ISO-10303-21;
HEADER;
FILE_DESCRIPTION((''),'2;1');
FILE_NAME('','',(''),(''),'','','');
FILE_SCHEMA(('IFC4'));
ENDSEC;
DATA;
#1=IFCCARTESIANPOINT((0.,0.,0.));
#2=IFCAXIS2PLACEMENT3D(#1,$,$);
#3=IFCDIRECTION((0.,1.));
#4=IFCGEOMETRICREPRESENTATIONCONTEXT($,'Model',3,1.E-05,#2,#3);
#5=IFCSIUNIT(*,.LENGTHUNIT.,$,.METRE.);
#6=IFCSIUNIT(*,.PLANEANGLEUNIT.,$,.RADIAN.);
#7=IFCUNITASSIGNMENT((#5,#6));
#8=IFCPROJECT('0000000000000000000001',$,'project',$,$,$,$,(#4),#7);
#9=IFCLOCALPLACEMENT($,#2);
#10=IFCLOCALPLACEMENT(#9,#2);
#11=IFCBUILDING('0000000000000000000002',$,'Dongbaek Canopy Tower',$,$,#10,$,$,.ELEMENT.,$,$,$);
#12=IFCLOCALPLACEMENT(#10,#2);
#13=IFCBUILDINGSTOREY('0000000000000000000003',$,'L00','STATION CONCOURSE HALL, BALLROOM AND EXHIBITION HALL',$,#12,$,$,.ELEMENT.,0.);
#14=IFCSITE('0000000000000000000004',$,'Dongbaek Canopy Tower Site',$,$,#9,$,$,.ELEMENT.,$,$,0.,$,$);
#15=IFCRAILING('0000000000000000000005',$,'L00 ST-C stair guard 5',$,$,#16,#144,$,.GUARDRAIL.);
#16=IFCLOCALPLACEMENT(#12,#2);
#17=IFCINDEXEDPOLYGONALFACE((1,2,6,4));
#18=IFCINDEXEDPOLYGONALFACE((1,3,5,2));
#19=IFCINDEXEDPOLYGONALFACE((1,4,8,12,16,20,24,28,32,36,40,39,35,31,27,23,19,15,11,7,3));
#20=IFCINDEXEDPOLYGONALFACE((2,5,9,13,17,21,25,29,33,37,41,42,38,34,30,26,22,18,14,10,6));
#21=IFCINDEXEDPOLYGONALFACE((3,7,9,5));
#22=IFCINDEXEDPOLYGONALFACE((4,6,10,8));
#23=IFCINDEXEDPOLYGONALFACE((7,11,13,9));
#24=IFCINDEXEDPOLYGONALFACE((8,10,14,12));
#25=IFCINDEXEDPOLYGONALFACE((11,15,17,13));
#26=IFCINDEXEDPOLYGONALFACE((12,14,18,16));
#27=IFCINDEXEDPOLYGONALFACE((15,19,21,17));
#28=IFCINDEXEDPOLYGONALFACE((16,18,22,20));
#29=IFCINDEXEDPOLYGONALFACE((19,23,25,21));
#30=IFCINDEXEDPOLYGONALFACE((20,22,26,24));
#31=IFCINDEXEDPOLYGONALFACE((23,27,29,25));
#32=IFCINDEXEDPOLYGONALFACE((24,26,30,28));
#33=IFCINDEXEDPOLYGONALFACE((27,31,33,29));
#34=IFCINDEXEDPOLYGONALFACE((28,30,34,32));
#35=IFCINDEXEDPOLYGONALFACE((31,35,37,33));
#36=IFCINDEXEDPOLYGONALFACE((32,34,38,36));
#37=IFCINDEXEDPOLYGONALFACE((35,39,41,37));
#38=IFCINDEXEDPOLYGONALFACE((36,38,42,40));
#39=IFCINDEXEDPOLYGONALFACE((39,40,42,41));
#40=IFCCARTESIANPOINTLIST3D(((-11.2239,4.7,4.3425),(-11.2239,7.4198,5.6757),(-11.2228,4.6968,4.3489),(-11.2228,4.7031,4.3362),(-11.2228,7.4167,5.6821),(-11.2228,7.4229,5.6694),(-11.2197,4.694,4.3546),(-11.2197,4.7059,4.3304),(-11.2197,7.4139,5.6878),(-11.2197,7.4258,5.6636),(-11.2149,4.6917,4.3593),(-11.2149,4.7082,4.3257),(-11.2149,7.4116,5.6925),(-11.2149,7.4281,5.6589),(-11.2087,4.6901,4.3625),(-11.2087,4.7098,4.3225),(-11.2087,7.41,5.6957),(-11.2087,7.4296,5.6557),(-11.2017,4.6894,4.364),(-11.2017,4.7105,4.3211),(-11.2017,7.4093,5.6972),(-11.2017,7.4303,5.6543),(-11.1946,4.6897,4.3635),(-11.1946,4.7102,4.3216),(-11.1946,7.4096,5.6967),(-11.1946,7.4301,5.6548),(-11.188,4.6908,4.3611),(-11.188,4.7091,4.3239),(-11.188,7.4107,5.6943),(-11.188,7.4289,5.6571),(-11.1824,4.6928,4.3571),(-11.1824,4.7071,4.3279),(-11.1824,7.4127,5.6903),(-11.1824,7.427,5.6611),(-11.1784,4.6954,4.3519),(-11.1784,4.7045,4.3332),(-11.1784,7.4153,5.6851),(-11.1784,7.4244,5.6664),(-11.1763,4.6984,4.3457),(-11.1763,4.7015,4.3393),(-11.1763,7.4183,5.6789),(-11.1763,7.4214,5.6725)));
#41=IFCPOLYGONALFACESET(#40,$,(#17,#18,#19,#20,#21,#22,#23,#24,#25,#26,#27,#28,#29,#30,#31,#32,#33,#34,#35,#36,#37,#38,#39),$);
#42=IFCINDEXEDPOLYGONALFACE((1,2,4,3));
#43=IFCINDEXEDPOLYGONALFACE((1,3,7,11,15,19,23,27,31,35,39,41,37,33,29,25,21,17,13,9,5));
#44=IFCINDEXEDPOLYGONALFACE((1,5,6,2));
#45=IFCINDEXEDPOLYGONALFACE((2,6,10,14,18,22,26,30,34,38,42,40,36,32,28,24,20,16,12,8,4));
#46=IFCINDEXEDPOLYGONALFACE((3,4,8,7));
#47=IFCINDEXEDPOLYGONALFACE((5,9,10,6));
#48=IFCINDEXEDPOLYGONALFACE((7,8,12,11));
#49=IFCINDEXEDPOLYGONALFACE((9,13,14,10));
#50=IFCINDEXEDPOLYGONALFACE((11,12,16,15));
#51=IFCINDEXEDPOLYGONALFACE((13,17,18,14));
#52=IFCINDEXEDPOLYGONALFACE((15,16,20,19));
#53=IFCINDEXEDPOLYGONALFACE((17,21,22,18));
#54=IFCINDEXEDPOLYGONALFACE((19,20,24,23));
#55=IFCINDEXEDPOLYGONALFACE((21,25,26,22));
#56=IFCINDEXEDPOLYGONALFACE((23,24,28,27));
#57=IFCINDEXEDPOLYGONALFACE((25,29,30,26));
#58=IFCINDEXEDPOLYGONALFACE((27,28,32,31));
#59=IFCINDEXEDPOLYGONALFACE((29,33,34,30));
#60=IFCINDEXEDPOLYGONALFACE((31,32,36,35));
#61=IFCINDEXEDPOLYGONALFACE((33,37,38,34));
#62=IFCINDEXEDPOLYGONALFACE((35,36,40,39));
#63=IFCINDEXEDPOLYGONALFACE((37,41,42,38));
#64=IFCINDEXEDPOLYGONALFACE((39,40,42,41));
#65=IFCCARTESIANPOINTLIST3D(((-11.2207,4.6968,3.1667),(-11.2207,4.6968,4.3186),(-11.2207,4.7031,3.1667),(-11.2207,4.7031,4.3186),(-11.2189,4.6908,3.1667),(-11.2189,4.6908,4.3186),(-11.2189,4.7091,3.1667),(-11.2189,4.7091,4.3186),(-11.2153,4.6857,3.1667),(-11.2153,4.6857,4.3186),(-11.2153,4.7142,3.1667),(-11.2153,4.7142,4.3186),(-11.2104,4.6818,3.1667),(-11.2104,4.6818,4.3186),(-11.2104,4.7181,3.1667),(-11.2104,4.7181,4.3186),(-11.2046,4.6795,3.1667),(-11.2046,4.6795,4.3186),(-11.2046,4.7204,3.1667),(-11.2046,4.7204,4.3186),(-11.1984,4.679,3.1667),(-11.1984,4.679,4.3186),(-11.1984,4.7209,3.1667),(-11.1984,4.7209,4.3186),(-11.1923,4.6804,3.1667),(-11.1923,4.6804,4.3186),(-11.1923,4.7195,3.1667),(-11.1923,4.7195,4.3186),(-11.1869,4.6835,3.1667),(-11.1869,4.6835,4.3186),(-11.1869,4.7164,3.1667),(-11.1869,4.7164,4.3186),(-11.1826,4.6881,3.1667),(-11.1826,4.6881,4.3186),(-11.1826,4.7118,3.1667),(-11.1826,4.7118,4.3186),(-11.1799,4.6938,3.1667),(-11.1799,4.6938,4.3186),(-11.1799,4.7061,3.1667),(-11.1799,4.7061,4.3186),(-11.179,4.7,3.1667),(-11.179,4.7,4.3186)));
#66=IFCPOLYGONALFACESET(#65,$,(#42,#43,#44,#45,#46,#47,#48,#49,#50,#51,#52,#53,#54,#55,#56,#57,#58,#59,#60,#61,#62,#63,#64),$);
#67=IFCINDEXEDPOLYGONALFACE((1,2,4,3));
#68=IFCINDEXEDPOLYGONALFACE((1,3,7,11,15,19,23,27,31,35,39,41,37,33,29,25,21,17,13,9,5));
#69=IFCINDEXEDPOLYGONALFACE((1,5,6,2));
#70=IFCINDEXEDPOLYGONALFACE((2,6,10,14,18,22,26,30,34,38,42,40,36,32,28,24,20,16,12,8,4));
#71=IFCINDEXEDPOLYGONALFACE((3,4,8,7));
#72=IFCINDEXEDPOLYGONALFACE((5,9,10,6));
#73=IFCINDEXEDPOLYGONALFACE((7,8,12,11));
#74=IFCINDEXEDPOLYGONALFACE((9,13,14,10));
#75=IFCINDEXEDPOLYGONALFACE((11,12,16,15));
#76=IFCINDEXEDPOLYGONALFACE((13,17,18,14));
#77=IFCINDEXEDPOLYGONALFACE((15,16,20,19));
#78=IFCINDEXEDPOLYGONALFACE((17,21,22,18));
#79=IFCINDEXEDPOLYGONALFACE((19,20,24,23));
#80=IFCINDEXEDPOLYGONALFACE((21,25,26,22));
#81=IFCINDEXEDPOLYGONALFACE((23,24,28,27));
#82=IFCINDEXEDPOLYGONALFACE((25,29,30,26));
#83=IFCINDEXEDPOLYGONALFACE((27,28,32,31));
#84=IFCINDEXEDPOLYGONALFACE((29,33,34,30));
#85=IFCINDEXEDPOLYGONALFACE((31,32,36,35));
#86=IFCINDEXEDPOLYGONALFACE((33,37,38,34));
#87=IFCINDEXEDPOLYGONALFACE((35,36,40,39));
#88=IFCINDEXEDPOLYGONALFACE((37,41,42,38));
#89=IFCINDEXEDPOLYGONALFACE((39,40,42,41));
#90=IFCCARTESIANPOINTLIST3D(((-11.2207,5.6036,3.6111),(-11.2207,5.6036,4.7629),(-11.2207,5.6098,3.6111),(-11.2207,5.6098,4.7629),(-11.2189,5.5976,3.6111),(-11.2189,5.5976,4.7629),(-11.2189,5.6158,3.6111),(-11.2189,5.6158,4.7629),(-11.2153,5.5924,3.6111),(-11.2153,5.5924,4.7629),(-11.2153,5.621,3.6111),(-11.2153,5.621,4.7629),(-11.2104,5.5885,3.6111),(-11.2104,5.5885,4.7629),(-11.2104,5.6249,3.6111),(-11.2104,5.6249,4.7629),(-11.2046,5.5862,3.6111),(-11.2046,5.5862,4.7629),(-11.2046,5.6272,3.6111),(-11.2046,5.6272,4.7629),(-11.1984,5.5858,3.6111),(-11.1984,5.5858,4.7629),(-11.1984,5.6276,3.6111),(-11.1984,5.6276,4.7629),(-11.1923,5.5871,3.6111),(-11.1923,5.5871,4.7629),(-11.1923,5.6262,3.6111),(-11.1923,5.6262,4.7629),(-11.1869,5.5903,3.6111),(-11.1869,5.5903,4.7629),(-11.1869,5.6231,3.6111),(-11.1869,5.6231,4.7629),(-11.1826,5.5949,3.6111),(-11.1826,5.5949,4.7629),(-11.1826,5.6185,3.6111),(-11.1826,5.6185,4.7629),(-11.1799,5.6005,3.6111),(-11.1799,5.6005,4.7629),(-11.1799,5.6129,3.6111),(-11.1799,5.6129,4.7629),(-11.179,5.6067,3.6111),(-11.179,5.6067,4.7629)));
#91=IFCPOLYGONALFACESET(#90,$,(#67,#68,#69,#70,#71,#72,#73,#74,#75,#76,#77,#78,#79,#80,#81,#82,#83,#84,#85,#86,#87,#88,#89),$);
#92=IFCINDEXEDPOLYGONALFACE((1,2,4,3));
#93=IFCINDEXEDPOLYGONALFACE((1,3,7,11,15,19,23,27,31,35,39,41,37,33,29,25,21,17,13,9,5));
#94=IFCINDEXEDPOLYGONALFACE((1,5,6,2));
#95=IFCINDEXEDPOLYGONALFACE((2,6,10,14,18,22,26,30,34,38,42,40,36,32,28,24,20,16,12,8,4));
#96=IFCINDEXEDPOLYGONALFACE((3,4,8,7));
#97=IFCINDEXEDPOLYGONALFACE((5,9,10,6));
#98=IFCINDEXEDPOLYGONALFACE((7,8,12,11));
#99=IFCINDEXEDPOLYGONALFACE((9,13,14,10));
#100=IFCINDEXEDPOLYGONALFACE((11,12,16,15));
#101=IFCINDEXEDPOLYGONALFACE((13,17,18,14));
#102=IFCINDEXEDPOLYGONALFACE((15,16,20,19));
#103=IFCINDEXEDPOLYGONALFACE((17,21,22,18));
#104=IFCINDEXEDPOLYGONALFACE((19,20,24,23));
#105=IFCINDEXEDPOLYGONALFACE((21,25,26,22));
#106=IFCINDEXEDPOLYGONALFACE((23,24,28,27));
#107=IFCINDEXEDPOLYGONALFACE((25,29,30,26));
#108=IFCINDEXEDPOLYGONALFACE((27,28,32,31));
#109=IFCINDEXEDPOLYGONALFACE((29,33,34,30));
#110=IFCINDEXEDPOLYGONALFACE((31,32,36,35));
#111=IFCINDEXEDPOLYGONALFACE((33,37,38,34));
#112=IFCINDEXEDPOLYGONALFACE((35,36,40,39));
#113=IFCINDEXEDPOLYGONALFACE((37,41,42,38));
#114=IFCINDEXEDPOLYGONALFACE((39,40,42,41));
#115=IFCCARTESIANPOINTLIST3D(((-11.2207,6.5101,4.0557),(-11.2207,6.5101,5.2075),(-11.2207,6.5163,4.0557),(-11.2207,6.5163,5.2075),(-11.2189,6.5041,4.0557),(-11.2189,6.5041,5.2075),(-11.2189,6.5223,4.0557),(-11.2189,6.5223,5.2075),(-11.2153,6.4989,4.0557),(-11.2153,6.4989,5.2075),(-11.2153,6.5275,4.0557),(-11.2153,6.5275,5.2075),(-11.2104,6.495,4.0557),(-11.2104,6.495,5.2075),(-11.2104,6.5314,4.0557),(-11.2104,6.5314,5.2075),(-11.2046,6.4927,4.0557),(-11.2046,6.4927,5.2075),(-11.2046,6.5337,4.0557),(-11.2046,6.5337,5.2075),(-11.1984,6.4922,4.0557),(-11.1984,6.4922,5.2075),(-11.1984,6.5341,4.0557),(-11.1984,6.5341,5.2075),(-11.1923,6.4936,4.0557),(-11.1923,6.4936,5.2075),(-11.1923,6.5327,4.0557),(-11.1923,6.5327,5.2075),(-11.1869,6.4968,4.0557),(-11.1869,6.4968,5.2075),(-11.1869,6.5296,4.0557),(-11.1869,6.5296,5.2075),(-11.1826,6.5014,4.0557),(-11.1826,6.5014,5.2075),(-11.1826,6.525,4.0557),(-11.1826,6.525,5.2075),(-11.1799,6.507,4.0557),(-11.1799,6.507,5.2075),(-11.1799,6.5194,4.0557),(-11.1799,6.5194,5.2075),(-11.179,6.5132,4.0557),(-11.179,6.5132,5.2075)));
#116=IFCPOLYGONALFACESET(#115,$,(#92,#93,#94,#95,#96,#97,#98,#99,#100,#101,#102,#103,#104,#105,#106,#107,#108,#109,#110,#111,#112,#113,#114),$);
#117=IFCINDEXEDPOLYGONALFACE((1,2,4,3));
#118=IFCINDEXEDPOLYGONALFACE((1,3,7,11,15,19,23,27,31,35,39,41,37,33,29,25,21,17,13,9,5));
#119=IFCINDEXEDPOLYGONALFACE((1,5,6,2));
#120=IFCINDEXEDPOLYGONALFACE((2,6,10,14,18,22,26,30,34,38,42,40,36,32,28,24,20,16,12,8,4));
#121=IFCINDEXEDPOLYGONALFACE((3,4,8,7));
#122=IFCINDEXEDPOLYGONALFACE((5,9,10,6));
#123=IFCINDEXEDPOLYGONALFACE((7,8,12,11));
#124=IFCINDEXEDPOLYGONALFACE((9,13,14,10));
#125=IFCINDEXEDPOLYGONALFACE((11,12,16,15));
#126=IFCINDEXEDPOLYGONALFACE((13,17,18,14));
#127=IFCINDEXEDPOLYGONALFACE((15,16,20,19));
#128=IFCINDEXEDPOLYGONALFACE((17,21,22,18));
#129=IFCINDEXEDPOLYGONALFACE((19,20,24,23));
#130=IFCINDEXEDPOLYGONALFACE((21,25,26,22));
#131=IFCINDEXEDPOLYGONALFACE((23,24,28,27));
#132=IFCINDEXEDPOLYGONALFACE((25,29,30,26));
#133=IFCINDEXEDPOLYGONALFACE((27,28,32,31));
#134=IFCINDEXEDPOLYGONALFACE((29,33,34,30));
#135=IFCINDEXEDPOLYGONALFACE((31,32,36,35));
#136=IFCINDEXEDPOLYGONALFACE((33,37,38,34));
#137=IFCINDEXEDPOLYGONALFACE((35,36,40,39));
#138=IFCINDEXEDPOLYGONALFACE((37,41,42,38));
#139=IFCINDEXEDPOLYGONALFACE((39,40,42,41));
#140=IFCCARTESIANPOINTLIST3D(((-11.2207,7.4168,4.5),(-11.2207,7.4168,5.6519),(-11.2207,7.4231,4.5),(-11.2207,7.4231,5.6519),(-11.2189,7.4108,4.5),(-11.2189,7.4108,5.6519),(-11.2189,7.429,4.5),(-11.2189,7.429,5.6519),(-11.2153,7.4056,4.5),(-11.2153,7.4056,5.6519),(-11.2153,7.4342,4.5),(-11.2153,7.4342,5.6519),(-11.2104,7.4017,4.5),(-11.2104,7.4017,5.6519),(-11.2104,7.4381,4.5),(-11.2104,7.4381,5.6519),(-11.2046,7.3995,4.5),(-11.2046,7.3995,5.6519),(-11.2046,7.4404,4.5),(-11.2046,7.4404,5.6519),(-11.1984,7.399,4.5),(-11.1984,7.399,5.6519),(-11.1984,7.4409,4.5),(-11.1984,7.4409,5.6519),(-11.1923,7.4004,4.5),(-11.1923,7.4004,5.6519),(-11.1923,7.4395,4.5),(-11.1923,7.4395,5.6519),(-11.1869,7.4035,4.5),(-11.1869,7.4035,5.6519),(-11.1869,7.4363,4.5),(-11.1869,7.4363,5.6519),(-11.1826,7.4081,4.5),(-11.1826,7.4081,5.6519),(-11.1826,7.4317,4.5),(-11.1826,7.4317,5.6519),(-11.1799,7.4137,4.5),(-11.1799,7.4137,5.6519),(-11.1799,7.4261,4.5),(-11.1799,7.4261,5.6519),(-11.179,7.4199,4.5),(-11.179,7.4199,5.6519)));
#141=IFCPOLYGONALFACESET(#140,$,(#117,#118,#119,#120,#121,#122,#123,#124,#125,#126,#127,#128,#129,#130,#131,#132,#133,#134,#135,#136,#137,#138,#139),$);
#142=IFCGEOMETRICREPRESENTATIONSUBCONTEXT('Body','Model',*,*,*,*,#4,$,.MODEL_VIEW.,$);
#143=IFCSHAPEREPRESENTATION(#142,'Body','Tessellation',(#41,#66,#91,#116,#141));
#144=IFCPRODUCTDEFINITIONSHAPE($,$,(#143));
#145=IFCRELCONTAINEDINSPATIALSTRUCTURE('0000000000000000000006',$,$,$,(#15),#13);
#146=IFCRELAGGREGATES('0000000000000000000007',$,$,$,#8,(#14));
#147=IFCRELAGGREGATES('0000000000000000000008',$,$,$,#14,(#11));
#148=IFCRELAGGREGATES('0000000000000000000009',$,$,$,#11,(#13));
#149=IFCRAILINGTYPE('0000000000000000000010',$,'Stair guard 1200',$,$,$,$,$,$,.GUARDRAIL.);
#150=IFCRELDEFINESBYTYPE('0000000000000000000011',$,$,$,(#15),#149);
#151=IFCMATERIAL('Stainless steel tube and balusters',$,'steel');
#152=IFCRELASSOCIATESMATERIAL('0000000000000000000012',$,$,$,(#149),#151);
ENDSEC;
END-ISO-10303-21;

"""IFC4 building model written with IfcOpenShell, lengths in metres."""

from ifc_helpers import new_model, si_unit, direction, frame, origin, origin_2d, place, context, subcontext, project, spatial, circle, extrude, material, type_object, element, save


model = new_model("IFC4")

# Units and contexts
model_context = context("Model", 3, precision=1e-05, world=origin(), true_north=direction((0.0, 1.0)))
body_context = subcontext(model_context, "Body", "Model", "MODEL_VIEW")
ifc_project = project(units=[si_unit("LENGTHUNIT", "METRE"), si_unit("PLANEANGLEUNIT", "RADIAN")], contexts=[model_context])

# Site, building, storey
site_placement = place(None, origin())
site = spatial("IfcSite", under=ifc_project, at=site_placement, Name="Dongbaek Canopy Tower Site", CompositionType="ELEMENT", RefElevation=0.0)
building_placement = place(site_placement, origin())
building = spatial("IfcBuilding", under=site, at=building_placement, Name="Dongbaek Canopy Tower", CompositionType="ELEMENT")
storey_placement = place(building_placement, origin())
storey = spatial("IfcBuildingStorey", under=building, at=storey_placement, Name="L00", Description="STATION CONCOURSE HALL, BALLROOM AND EXHIBITION HALL", CompositionType="ELEMENT", Elevation=0.0)

# Railing
ifc_material_1 = material(Name="Stainless steel tube and balusters", Category="steel")
railing_type_1 = type_object("IfcRailingType", Name="Stair guard 1200", PredefinedType="GUARDRAIL", material=ifc_material_1)
railing_1_placement = place(storey_placement, frame((-11.2, 4.7, 3.1667)))
element("IfcRailing", 1, at=railing_1_placement, inside=storey, type_object=railing_type_1, Name="L00 ST-C stair guard 5", PredefinedType="GUARDRAIL", context=body_context, shape_type="SweptSolid", body=[
    extrude(circle(Radius=0.0239, at=origin_2d()), frame((0.0, 0.0, 1.1758), z_axis=(0.0, 0.897929, 0.440139), x_axis=(-1.0, 0.0, 0.0)), (0.0, 0.0, 1.0), 3.0291),
    extrude(circle(Radius=0.021, at=origin_2d()), origin(), (0.0, 0.0, 1.0), 1.1519),
    extrude(circle(Radius=0.021, at=origin_2d()), frame((0.0, 0.9067, 0.4443)), (0.0, 0.0, 1.0), 1.1519),
    extrude(circle(Radius=0.021, at=origin_2d()), frame((0.0, 1.8132, 0.8889)), (0.0, 0.0, 1.0), 1.1519),
    extrude(circle(Radius=0.021, at=origin_2d()), frame((0.0, 2.72, 1.3333)), (0.0, 0.0, 1.0), 1.1519),
])

save(model, "model.ifc")
